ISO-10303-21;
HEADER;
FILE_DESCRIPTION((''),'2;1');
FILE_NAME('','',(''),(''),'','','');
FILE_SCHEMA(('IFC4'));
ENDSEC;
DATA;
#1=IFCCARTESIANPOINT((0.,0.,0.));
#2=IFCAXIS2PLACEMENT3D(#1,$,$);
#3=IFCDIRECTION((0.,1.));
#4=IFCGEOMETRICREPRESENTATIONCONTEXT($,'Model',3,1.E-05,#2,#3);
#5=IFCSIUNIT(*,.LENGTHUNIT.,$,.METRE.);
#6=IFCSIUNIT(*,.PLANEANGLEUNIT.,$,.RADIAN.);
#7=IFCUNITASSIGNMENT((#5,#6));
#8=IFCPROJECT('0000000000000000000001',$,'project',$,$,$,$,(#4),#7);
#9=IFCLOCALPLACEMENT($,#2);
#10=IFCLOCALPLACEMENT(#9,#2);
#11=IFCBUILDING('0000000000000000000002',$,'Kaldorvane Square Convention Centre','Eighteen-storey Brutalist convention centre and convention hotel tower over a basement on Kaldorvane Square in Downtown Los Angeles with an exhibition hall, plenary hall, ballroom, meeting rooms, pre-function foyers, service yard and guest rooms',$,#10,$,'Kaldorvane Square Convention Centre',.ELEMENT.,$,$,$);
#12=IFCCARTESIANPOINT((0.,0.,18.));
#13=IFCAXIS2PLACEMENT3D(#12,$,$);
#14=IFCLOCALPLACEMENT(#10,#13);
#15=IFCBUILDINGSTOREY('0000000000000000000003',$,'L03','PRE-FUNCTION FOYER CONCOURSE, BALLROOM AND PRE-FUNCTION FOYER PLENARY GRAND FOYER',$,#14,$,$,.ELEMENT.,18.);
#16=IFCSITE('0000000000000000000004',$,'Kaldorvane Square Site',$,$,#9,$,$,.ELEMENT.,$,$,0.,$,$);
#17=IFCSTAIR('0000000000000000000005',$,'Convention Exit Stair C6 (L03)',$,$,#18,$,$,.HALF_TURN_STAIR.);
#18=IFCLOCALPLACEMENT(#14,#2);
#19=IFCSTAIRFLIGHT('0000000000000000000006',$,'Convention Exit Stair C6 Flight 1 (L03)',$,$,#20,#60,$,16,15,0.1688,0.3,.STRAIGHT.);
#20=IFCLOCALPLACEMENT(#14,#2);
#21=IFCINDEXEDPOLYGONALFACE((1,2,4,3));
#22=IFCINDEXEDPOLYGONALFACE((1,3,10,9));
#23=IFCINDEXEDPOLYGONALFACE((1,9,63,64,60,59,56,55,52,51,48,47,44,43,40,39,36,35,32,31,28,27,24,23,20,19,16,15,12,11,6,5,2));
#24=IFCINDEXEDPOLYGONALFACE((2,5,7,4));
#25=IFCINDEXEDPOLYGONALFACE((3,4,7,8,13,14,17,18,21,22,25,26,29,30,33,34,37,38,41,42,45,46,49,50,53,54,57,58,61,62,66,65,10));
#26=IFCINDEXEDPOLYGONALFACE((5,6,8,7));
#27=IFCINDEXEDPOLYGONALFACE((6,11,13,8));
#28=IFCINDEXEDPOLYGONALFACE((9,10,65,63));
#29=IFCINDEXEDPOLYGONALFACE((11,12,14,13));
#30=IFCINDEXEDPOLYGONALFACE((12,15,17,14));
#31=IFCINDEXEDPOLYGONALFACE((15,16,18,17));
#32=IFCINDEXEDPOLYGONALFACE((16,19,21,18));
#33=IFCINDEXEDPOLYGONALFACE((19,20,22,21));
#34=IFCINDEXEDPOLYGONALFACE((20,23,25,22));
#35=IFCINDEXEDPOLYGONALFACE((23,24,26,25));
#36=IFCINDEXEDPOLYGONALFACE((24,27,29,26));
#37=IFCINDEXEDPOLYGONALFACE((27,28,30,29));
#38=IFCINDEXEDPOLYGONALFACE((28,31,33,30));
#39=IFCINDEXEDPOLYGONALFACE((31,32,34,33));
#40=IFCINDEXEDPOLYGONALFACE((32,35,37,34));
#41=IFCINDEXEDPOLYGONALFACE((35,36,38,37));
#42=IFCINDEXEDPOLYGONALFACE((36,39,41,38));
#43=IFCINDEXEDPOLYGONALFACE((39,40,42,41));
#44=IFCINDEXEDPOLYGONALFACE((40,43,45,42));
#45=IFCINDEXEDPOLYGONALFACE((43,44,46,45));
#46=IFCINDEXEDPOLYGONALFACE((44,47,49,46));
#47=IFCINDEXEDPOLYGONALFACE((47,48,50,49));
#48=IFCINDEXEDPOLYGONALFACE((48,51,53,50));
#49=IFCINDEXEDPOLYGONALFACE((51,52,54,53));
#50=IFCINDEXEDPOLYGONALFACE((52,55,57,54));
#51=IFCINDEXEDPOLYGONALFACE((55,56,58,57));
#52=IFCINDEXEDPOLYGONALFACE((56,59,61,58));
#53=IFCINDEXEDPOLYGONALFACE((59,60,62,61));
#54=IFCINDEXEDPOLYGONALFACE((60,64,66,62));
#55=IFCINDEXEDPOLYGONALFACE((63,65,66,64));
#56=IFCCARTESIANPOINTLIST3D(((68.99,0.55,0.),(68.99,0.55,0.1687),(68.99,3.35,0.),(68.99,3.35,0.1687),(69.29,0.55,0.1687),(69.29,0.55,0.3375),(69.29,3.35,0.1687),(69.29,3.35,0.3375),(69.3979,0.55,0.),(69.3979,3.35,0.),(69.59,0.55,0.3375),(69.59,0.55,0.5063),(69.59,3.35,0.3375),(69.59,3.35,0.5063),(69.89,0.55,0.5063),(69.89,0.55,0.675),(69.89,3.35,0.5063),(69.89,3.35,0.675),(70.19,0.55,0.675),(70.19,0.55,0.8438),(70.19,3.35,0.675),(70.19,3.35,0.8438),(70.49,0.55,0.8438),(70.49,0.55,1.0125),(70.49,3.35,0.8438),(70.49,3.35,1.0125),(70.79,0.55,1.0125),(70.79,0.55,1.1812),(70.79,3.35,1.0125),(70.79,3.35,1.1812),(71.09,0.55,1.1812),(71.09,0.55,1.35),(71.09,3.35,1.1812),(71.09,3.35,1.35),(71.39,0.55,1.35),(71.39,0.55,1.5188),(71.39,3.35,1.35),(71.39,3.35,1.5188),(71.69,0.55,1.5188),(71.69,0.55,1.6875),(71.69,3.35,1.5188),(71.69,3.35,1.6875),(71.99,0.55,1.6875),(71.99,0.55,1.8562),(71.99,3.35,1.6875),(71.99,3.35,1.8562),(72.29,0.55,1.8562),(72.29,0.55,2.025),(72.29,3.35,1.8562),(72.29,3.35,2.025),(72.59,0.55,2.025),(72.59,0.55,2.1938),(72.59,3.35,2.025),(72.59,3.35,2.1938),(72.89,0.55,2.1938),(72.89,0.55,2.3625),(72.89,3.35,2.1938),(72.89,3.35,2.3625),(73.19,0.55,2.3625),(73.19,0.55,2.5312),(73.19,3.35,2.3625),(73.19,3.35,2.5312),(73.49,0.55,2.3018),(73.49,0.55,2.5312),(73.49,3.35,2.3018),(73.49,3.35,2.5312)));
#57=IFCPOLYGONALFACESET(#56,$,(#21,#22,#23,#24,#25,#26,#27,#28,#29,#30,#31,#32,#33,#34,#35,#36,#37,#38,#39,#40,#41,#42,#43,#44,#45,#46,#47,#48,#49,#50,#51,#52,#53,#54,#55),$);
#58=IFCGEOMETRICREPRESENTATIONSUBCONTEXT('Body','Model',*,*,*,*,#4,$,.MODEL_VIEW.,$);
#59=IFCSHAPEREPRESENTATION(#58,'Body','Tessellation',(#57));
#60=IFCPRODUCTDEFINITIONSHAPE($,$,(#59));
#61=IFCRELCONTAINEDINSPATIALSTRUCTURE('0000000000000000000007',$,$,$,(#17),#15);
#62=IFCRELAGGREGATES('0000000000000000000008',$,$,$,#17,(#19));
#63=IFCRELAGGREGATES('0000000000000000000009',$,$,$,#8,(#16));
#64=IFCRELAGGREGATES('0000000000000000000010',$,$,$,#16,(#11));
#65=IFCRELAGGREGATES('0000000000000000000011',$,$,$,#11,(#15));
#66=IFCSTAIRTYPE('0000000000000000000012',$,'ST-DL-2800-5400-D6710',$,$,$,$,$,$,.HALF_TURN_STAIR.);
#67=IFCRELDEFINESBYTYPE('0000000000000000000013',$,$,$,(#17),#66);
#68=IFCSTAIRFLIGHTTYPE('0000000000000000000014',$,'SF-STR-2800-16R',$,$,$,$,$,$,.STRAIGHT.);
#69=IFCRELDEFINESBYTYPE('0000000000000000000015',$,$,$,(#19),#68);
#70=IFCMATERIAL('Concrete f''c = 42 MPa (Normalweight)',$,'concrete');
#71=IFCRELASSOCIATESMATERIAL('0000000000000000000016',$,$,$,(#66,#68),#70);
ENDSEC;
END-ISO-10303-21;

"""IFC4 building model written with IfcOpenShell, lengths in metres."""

from ifc_helpers import new_model, si_unit, direction, frame, origin, place, context, subcontext, project, spatial, polyline, outline, extrude, material, type_object, element, aggregate, save


model = new_model("IFC4")

# Units and contexts
model_context = context("Model", 3, precision=1e-05, world=origin(), true_north=direction((0.0, 1.0)))
body_context = subcontext(model_context, "Body", "Model", "MODEL_VIEW")
ifc_project = project(units=[si_unit("LENGTHUNIT", "METRE"), si_unit("PLANEANGLEUNIT", "RADIAN")], contexts=[model_context])

# Site, building, storey
site_placement = place(None, origin())
site = spatial("IfcSite", under=ifc_project, at=site_placement, Name="Kaldorvane Square Site", CompositionType="ELEMENT", RefElevation=0.0)
building_placement = place(site_placement, origin())
building = spatial("IfcBuilding", under=site, at=building_placement, Name="Kaldorvane Square Convention Centre", Description="Eighteen-storey Brutalist convention centre and convention hotel tower over a basement on Kaldorvane Square in Downtown Los Angeles with an exhibition hall, plenary hall, ballroom, meeting rooms, pre-function foyers, service yard and guest rooms", LongName="Kaldorvane Square Convention Centre", CompositionType="ELEMENT")
storey_placement = place(building_placement, frame((0.0, 0.0, 18.0)))
storey = spatial("IfcBuildingStorey", under=building, at=storey_placement, Name="L03", Description="PRE-FUNCTION FOYER CONCOURSE, BALLROOM AND PRE-FUNCTION FOYER PLENARY GRAND FOYER", CompositionType="ELEMENT", Elevation=18.0)

# Shared definitions
ifc_material_1 = material(Name="Concrete f'c = 42 MPa (Normalweight)", Category="concrete")

# Stair, stair flight
stair_type = type_object("IfcStairType", Name="ST-DL-2800-5400-D6710", PredefinedType="HALF_TURN_STAIR", material=ifc_material_1)
stair_placement = place(storey_placement, origin())
stair = element("IfcStair", 1, at=stair_placement, inside=storey, type_object=stair_type, Name="Convention Exit Stair C6 (L03)", PredefinedType="HALF_TURN_STAIR")
stair_flight_type = type_object("IfcStairFlightType", Name="SF-STR-2800-16R", PredefinedType="STRAIGHT", material=ifc_material_1)
stair_flight_placement = place(storey_placement, frame((68.99, 1.95, 0.0), z_axis=(0.0, 0.0, 1.0), x_axis=(1.0, 0.0, 0.0)))
stair_flight = element("IfcStairFlight", 2, at=stair_flight_placement, type_object=stair_flight_type, Name="Convention Exit Stair C6 Flight 1 (L03)", NumberOfRisers=16, NumberOfTreads=15, PredefinedType="STRAIGHT", RiserHeight=0.1688, TreadLength=0.3, context=body_context, shape_type="SweptSolid", body=[
    extrude(outline(polyline([(0.0, 0.0), (0.0, 0.1687), (0.3, 0.1687), (0.3, 0.3375), (0.6, 0.3375), (0.6, 0.5063), (0.9, 0.5063), (0.9, 0.675), (1.2, 0.675), (1.2, 0.8438), (1.5, 0.8438), (1.5, 1.0125), (1.8, 1.0125), (1.8, 1.1812), (2.1, 1.1812), (2.1, 1.35), (2.4, 1.35), (2.4, 1.5188), (2.7, 1.5188), (2.7, 1.6875), (3.0, 1.6875), (3.0, 1.8562), (3.3, 1.8562), (3.3, 2.025), (3.6, 2.025), (3.6, 2.1938), (3.9, 2.1938), (3.9, 2.3625), (4.2, 2.3625), (4.2, 2.5312), (4.5, 2.5312), (4.5, 2.7), (4.5, 2.3018), (0.4079, 0.0), (0.0, 0.0)])), frame((0.0, 1.4, 0.0), z_axis=(0.0, -1.0, 0.0), x_axis=(1.0, 0.0, 0.0)), (0.0, 0.0, 1.0), 2.8),
])
aggregate(stair, [stair_flight])

save(model, "model.ifc")
